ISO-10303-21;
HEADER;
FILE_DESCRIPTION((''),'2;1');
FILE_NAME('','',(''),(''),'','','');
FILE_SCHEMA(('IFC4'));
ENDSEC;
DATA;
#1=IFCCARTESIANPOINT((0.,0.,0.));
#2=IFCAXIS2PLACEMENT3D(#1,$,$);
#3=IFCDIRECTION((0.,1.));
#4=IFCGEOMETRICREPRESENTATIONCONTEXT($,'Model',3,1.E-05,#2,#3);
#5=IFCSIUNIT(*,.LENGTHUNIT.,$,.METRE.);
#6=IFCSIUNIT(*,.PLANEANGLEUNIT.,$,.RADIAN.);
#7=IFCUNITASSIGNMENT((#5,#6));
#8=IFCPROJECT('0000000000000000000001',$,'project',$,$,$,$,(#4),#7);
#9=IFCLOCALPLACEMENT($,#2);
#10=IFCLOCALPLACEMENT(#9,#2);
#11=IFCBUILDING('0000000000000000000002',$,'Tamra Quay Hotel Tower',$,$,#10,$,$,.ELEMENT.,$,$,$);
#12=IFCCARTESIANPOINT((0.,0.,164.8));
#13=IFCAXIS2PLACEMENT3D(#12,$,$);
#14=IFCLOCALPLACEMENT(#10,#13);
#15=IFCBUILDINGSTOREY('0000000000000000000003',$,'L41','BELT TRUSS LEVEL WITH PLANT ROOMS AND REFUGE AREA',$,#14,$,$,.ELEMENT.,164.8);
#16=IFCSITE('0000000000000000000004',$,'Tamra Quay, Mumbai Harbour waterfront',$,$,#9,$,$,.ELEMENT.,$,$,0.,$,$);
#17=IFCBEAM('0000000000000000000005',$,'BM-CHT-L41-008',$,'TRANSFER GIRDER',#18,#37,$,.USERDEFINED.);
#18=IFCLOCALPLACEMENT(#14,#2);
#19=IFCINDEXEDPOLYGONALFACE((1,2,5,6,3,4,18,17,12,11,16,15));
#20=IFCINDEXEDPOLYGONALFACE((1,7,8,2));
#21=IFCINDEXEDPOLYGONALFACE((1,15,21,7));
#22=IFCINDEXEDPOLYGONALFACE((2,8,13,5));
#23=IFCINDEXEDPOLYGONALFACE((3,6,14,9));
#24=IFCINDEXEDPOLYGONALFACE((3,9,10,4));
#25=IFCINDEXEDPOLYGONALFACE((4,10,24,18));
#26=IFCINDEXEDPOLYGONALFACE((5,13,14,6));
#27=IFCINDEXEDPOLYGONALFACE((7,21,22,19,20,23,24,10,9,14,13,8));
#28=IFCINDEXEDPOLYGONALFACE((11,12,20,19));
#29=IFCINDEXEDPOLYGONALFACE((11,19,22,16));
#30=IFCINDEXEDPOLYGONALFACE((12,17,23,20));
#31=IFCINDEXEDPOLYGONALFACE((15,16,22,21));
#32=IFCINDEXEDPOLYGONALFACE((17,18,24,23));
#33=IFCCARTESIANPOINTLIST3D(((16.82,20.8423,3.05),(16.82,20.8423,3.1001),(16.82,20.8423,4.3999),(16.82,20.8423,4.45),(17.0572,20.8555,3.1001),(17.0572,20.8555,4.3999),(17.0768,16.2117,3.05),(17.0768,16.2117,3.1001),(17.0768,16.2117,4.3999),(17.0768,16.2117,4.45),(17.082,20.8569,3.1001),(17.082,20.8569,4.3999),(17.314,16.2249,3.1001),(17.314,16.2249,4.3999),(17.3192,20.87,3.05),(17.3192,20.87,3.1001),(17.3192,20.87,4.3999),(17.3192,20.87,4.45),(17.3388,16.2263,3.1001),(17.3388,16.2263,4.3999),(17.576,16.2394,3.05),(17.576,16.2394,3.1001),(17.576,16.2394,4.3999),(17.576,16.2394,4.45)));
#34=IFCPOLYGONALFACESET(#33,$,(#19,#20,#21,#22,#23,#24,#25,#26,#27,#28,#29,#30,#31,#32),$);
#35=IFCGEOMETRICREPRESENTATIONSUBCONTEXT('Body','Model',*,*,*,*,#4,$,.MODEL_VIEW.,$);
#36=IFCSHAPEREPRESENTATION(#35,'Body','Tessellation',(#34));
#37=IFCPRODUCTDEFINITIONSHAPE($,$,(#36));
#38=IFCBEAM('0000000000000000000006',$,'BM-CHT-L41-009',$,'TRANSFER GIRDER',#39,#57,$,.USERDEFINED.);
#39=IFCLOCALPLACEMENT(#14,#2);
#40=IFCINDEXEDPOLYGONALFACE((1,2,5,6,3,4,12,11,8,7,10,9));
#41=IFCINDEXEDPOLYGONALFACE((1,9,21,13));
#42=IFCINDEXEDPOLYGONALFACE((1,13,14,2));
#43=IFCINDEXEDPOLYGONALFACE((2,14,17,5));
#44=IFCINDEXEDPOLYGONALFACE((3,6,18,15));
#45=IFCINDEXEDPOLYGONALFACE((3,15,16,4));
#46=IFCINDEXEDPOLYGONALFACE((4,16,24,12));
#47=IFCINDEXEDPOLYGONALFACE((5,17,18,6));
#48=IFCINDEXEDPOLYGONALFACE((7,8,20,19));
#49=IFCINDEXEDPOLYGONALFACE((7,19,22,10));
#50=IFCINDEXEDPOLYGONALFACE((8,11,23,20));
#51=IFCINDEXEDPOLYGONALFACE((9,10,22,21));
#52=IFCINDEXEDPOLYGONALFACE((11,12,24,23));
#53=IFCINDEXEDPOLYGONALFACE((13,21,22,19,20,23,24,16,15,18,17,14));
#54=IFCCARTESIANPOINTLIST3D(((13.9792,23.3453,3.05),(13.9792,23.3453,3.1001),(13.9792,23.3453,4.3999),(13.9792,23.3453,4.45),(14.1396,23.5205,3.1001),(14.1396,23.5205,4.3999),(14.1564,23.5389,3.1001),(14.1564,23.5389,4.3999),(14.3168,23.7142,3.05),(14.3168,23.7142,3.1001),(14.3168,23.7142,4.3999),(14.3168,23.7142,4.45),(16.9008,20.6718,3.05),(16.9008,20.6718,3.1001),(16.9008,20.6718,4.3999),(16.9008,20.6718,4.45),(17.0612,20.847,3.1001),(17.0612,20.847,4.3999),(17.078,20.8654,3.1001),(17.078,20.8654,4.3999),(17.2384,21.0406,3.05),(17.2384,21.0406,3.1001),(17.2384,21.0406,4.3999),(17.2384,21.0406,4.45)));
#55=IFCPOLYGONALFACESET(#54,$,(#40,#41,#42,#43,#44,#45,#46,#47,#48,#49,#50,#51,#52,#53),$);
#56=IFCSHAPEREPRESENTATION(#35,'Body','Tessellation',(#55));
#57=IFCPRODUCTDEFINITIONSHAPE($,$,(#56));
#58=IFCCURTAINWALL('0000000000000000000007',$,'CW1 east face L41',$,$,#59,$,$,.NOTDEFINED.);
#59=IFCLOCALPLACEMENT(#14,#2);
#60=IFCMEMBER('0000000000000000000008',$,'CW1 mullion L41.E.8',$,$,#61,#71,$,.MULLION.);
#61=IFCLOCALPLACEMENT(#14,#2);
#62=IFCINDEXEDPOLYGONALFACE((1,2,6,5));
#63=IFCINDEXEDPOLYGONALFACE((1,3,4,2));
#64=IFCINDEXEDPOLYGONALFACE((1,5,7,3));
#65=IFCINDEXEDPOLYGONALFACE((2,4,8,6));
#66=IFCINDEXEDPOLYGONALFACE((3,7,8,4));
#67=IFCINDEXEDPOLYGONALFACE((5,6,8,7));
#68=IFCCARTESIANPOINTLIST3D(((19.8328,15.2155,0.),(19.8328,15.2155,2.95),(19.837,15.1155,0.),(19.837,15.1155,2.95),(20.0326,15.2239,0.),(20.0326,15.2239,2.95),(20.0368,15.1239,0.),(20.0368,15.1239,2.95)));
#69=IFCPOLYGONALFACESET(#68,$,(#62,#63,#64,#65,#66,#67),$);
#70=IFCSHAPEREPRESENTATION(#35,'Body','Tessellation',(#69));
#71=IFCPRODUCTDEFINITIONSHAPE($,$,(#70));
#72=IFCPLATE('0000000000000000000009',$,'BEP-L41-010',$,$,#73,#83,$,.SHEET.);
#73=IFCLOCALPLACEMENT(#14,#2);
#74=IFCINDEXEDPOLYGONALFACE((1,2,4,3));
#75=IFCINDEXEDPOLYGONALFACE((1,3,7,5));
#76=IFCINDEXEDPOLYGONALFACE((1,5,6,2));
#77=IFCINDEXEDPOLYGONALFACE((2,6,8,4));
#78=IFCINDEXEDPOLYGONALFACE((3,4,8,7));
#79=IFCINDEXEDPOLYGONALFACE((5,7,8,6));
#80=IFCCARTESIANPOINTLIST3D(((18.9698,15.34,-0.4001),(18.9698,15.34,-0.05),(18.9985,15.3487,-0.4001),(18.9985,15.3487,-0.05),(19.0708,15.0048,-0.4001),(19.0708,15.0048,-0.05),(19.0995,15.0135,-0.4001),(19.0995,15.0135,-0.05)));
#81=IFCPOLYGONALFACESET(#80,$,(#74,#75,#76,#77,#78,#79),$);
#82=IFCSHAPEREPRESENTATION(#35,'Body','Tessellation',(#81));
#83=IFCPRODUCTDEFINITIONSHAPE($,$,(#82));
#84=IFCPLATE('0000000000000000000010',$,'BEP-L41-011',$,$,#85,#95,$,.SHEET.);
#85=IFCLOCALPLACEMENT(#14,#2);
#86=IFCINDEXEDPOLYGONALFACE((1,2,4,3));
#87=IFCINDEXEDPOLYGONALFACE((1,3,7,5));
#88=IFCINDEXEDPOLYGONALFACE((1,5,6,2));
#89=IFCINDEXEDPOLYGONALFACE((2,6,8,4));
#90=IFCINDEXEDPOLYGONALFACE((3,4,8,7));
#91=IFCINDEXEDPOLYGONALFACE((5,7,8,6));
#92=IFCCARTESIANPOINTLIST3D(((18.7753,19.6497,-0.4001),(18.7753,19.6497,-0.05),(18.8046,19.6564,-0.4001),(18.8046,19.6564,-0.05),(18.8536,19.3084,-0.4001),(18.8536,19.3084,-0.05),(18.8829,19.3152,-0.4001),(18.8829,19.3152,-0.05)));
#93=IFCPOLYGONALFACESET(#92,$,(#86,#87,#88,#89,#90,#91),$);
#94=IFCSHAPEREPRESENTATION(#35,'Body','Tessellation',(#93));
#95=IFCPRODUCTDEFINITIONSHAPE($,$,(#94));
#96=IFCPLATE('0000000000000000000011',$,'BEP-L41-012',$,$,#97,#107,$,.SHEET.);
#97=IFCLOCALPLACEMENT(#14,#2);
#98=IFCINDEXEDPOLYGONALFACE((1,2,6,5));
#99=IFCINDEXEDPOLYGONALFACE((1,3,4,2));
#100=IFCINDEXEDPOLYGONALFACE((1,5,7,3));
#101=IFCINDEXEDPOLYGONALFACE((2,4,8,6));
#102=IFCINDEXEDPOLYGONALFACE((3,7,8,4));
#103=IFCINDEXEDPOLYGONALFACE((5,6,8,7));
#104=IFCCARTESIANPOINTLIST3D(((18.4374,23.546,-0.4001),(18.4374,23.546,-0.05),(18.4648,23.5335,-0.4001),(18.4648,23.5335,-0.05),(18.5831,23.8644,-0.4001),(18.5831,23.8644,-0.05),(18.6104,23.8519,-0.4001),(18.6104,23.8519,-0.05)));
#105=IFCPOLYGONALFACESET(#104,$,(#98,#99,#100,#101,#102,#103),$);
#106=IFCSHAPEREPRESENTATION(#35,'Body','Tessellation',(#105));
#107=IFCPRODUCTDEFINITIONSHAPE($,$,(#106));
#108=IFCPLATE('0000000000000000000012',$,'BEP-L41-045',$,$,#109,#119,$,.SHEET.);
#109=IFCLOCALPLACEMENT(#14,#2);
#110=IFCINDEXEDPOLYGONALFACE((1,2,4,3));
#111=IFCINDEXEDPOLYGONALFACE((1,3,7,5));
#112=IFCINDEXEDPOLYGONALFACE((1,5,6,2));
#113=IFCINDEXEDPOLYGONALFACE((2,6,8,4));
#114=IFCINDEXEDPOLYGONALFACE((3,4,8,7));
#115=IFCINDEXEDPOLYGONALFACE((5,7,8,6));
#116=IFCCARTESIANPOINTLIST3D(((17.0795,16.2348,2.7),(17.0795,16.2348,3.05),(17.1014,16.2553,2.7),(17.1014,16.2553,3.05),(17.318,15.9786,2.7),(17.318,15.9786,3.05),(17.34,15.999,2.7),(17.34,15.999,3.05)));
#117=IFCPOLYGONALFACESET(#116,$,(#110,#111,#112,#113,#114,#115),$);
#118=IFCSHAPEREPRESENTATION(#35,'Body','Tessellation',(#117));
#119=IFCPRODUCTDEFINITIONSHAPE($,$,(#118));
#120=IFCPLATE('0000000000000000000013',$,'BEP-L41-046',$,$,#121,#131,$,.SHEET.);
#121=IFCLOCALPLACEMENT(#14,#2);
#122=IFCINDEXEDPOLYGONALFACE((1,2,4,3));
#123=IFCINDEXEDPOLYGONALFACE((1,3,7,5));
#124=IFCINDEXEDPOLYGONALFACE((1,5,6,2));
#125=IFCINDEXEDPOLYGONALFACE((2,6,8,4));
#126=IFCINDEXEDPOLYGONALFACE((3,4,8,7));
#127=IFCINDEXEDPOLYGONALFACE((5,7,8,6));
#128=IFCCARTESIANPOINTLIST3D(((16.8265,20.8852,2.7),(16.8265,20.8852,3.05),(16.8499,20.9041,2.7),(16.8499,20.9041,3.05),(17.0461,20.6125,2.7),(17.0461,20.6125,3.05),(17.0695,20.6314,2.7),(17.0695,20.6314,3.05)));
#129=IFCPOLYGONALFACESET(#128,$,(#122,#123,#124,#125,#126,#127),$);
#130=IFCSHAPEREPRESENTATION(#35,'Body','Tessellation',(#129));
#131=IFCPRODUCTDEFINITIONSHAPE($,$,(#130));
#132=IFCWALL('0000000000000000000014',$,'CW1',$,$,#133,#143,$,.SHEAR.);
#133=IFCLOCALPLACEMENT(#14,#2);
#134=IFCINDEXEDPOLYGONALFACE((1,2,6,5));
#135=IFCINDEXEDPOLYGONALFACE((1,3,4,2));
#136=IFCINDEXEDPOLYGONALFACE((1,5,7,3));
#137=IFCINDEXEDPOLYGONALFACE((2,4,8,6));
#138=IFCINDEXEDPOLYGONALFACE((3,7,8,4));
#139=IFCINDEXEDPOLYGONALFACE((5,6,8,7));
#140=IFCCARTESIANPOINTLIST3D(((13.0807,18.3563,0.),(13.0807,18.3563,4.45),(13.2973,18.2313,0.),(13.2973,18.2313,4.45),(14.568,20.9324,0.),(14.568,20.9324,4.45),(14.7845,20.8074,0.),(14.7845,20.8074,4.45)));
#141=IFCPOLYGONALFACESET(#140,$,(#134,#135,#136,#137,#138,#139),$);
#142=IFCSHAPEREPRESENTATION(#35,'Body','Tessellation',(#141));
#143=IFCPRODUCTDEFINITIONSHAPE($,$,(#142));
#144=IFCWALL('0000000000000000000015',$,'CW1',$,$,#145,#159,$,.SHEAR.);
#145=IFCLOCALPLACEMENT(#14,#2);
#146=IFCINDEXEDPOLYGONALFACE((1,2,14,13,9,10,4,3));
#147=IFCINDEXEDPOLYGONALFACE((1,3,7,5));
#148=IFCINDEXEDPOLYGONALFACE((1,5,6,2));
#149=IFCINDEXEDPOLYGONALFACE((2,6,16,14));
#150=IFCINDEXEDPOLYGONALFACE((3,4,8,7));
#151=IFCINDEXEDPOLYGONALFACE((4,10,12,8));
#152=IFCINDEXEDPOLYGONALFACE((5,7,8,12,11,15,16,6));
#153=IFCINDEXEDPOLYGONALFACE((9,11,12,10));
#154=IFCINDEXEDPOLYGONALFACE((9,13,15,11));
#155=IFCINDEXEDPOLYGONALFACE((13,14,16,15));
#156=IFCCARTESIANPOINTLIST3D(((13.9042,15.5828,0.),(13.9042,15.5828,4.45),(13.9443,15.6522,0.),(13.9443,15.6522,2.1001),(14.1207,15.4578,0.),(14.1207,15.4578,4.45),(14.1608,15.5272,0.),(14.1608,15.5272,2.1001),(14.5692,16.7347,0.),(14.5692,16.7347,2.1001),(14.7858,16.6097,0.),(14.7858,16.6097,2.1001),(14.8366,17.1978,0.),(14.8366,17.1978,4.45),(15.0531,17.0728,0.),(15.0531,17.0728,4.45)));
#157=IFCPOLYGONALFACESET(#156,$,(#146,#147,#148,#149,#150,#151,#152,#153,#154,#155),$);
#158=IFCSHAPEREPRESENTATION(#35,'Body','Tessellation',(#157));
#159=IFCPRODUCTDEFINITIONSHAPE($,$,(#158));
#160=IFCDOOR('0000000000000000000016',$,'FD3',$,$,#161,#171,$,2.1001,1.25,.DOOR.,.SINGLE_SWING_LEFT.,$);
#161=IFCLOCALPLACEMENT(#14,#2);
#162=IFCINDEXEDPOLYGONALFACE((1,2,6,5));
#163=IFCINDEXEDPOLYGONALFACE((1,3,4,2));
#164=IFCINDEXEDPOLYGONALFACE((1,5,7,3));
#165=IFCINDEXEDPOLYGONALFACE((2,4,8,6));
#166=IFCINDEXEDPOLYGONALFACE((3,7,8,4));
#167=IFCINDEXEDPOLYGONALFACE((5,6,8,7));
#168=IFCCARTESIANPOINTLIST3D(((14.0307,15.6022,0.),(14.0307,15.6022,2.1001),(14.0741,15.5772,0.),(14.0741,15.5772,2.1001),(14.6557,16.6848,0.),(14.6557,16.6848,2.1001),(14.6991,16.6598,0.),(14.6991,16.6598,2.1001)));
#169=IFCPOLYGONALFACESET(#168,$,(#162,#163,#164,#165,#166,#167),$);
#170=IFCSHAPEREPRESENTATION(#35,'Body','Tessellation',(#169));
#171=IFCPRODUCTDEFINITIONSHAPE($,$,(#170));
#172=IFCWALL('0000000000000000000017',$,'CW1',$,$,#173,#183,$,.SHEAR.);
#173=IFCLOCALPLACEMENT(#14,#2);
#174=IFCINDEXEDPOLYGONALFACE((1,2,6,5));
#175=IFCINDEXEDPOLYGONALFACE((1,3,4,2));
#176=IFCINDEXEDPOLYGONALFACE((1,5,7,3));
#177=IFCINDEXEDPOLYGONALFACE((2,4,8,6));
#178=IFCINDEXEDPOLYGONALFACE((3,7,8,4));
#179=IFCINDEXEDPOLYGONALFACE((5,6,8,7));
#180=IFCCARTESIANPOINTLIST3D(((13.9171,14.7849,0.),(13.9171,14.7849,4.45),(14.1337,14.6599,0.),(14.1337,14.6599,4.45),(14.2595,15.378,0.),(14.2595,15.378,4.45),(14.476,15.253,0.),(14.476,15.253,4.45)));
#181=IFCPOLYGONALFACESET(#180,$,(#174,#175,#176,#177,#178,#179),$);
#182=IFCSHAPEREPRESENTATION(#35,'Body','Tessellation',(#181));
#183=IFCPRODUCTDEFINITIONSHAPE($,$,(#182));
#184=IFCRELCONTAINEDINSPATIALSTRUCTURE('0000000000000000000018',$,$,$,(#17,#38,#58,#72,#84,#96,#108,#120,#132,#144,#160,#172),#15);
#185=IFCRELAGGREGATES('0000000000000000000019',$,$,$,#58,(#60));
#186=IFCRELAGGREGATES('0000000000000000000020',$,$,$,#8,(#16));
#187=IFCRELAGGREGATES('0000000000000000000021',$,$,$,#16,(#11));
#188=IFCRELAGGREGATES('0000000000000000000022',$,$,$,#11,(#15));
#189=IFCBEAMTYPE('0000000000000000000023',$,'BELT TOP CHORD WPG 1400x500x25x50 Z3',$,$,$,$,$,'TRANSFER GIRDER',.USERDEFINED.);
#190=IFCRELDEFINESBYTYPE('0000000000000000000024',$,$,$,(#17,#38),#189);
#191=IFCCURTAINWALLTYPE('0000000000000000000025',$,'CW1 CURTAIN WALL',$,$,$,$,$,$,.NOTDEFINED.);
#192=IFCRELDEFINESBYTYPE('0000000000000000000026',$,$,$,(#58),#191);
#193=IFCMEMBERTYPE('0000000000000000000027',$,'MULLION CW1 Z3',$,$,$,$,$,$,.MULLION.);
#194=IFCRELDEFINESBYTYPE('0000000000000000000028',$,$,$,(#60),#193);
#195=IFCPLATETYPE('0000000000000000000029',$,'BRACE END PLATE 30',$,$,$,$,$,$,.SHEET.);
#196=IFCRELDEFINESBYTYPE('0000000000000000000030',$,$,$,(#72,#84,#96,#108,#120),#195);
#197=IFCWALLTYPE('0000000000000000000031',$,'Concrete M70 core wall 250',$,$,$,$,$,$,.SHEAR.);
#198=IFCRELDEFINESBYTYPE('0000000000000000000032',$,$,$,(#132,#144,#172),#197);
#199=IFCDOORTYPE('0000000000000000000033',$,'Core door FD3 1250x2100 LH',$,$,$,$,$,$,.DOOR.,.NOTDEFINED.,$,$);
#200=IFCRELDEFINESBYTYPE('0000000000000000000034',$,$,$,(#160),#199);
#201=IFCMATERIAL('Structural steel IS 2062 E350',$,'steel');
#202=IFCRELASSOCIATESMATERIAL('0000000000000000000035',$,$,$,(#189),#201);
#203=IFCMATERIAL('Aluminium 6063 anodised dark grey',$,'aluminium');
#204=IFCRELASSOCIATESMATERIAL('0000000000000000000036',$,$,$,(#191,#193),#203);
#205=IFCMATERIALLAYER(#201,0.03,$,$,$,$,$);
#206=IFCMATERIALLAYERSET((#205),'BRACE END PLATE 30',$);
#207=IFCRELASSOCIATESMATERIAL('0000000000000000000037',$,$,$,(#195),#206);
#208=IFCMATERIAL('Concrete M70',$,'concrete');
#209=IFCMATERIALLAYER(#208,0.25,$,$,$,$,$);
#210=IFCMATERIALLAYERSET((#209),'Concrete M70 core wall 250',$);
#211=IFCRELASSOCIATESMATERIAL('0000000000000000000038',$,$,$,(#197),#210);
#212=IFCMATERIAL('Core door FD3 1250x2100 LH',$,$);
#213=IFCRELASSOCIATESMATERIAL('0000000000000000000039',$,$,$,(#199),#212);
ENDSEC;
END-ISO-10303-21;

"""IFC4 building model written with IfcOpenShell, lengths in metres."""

from ifc_helpers import new_model, si_unit, direction, frame, frame_2d, origin, origin_2d, place, context, subcontext, project, spatial, rectangle, i_section, extrude, material, layer, layer_set, material_profile, profile_set, type_object, element, fill, aggregate, save


model = new_model("IFC4")

# Units and contexts
model_context = context("Model", 3, precision=1e-05, world=origin(), true_north=direction((0.0, 1.0)))
body_context = subcontext(model_context, "Body", "Model", "MODEL_VIEW")
ifc_project = project(units=[si_unit("LENGTHUNIT", "METRE"), si_unit("PLANEANGLEUNIT", "RADIAN")], contexts=[model_context])

# Site, building, storey
site_placement = place(None, origin())
site = spatial("IfcSite", under=ifc_project, at=site_placement, Name="Tamra Quay, Mumbai Harbour waterfront", CompositionType="ELEMENT", RefElevation=0.0)
building_placement = place(site_placement, origin())
building = spatial("IfcBuilding", under=site, at=building_placement, Name="Tamra Quay Hotel Tower", CompositionType="ELEMENT")
storey_placement = place(building_placement, frame((0.0, 0.0, 164.8)))
storey = spatial("IfcBuildingStorey", under=building, at=storey_placement, Name="L41", Description="BELT TRUSS LEVEL WITH PLANT ROOMS AND REFUGE AREA", CompositionType="ELEMENT", Elevation=164.8)

# Shared definitions
ifc_material_1 = material(Name="Concrete M70", Category="concrete")

# Shared definitions
ifc_material_2 = material(Name="Structural steel IS 2062 E350", Category="steel")

# Beams
ifc_material_profile_1 = material_profile(ifc_material_2, i_section(OverallWidth=0.5, OverallDepth=1.3999, WebThickness=0.0249, FlangeThickness=0.05, at=origin_2d()), Name="WPG 1400x500x25x50")
ifc_profile_set_1 = profile_set([ifc_material_profile_1], Name="Structural steel IS 2062 E350")
beam_type_1 = type_object("IfcBeamType", Name="BELT TOP CHORD WPG 1400x500x25x50 Z3", ElementType="TRANSFER GIRDER", PredefinedType="USERDEFINED", material=ifc_profile_set_1)
beam_1_placement = place(storey_placement, frame((17.3264, 16.2256, 3.75), z_axis=(-0.05538, 0.998465, 0.0), x_axis=(-0.998465, -0.05538, 0.0)))
element("IfcBeam", 1, at=beam_1_placement, inside=storey, type_object=beam_type_1, Name="BM-CHT-L41-008", ObjectType="TRANSFER GIRDER", PredefinedType="USERDEFINED", context=body_context, shape_type="SweptSolid", body=[
    extrude(i_section(OverallWidth=0.5, OverallDepth=1.3999, WebThickness=0.0249, FlangeThickness=0.05, at=origin_2d()), origin(), (0.0, 0.0, 1.0), 4.6377),
])
beam_2_placement = place(storey_placement, frame((17.0696, 20.8562, 3.75), z_axis=(-0.73773, 0.675096, 0.0), x_axis=(-0.675096, -0.73773, 0.0)))
element("IfcBeam", 2, at=beam_2_placement, inside=storey, type_object=beam_type_1, Name="BM-CHT-L41-009", ObjectType="TRANSFER GIRDER", PredefinedType="USERDEFINED", context=body_context, shape_type="SweptSolid", body=[
    extrude(i_section(OverallWidth=0.5, OverallDepth=1.3999, WebThickness=0.0249, FlangeThickness=0.05, at=origin_2d()), origin(), (0.0, 0.0, 1.0), 3.9602),
])

# Curtain wall, member
ifc_material_3 = material(Name="Aluminium 6063 anodised dark grey", Category="aluminium")
curtain_wall_type = type_object("IfcCurtainWallType", Name="CW1 CURTAIN WALL", PredefinedType="NOTDEFINED", material=ifc_material_3)
curtain_wall_placement = place(storey_placement, origin())
curtain_wall = element("IfcCurtainWall", 3, at=curtain_wall_placement, inside=storey, type_object=curtain_wall_type, Name="CW1 east face L41", PredefinedType="NOTDEFINED")
ifc_material_profile_2 = material_profile(ifc_material_3, rectangle(XDim=0.2, YDim=0.1001, at=origin_2d()), Name="MULLION 100X200")
ifc_profile_set_2 = profile_set([ifc_material_profile_2], Name="Aluminium 6063 anodised dark grey")
member_type_1 = type_object("IfcMemberType", Name="MULLION CW1 Z3", PredefinedType="MULLION", material=ifc_profile_set_2)
member_1_placement = place(storey_placement, frame((19.9348, 15.1697, 0.0), z_axis=(0.0, 0.0, 1.0), x_axis=(0.999126, 0.041796, 0.0)))
member_1 = element("IfcMember", 4, at=member_1_placement, type_object=member_type_1, Name="CW1 mullion L41.E.8", PredefinedType="MULLION", context=body_context, shape_type="SweptSolid", body=[
    extrude(rectangle(XDim=0.2, YDim=0.1001, at=origin_2d()), origin(), (0.0, 0.0, 1.0), 2.95),
])
aggregate(curtain_wall, [member_1])

# Plates
ifc_layer_1 = layer(ifc_material_2, 0.03)
ifc_layer_set_1 = layer_set([ifc_layer_1], Name="BRACE END PLATE 30")
plate_type = type_object("IfcPlateType", Name="BRACE END PLATE 30", PredefinedType="SHEET", material=ifc_layer_set_1)
for number, where, z_axis, x_axis, name in (
    (5, (19.0347, 15.1768, -0.4001), (0.0, 0.0, 1.0), (0.957475, 0.288515, 0.0), "BEP-L41-010"),
    (6, (18.8291, 19.4824, -0.4001), (0.0, 0.0, 1.0), (0.974693, 0.223548, 0.0), "BEP-L41-011"),
    (7, (18.5239, 23.699, -0.4001), (0.0, 0.0, 1.0), (-0.909358, 0.416014, 0.0), "BEP-L41-012"),
    (8, (17.2097, 16.1169, 2.7), (0.0, 0.0, 1.0), (0.731939, 0.68137, 0.0), "BEP-L41-045"),
    (9, (16.948, 20.7583, 2.7), (0.0, 0.0, 1.0), (0.778877, 0.627176, 0.0), "BEP-L41-046"),
):
    element("IfcPlate", number, at=place(storey_placement, frame(where, z_axis=z_axis, x_axis=x_axis)), inside=storey, type_object=plate_type, Name=name, PredefinedType="SHEET", context=body_context, shape_type="SweptSolid", body=[
        extrude(rectangle(XDim=0.03, YDim=0.3501, at=origin_2d()), origin(), (0.0, 0.0, 1.0), 0.3501),
    ])

# Wall
ifc_layer_2 = layer(ifc_material_1, 0.25)
ifc_layer_set_2 = layer_set([ifc_layer_2], Name="Concrete M70 core wall 250")
wall_type_1 = type_object("IfcWallType", Name="Concrete M70 core wall 250", PredefinedType="SHEAR", material=ifc_layer_set_2)
wall_1_placement = place(storey_placement, frame((14.6763, 20.8699, 0.0), z_axis=(0.0, 0.0, 1.0), x_axis=(-0.499988, -0.866033, 0.0)))
element("IfcWall", 10, at=wall_1_placement, inside=storey, type_object=wall_type_1, Name="CW1", PredefinedType="SHEAR", context=body_context, shape_type="SweptSolid", body=[
    extrude(rectangle(XDim=2.9746, YDim=0.25, at=frame_2d((1.4873, 0.0))), origin(), (0.0, 0.0, 1.0), 4.45),
])

# Wall, opening, door
wall_2_placement = place(storey_placement, frame((14.9448, 17.1353, 0.0), z_axis=(0.0, 0.0, 1.0), x_axis=(-0.499983, -0.866035, 0.0)))
wall_2 = element("IfcWall", 11, at=wall_2_placement, inside=storey, type_object=wall_type_1, Name="CW1", PredefinedType="SHEAR", context=body_context, shape_type="SweptSolid", body=[
    extrude(rectangle(XDim=1.8647, YDim=0.25, at=frame_2d((0.9324, 0.0))), origin(), (0.0, 0.0, 1.0), 4.45),
])
opening_1_placement = place(wall_2_placement, frame((0.5347, 0.0, 0.0)))
opening_1 = element("IfcOpeningElement", 12, at=opening_1_placement, cuts=wall_2, PredefinedType="OPENING", context=body_context, shape_type="SweptSolid", body=[
    extrude(rectangle(XDim=1.25, YDim=2.1001, at=frame_2d((0.625, 1.05))), frame((0.0, 0.135, 0.0), z_axis=(0.0, -1.0, 0.0), x_axis=(1.0, 0.0, 0.0)), (0.0, 0.0, 1.0), 0.27),
])
ifc_material_4 = material(Name="Core door FD3 1250x2100 LH")
door_type_1 = type_object("IfcDoorType", Name="Core door FD3 1250x2100 LH", OperationType="NOTDEFINED", PredefinedType="DOOR", material=ifc_material_4)
door_1_placement = place(opening_1_placement, origin())
door_1 = element("IfcDoor", 13, at=door_1_placement, inside=storey, type_object=door_type_1, Name="FD3", OperationType="SINGLE_SWING_LEFT", OverallHeight=2.1001, OverallWidth=1.25, PredefinedType="DOOR", context=body_context, shape_type="SweptSolid", body=[
    extrude(rectangle(XDim=1.25, YDim=2.1001, at=frame_2d((0.625, 1.05))), frame((0.0, 0.0249, 0.0), z_axis=(0.0, -1.0, 0.0), x_axis=(1.0, 0.0, 0.0)), (0.0, 0.0, 1.0), 0.05),
])
fill(opening_1, door_1)

# Wall
wall_3_placement = place(storey_placement, frame((14.3677, 15.3154, 0.0), z_axis=(0.0, 0.0, 1.0), x_axis=(-0.499897, -0.866085, 0.0)))
element("IfcWall", 14, at=wall_3_placement, inside=storey, type_object=wall_type_1, Name="CW1", PredefinedType="SHEAR", context=body_context, shape_type="SweptSolid", body=[
    extrude(rectangle(XDim=0.6848, YDim=0.25, at=frame_2d((0.3423, 0.0))), origin(), (0.0, 0.0, 1.0), 4.45),
])

save(model, "model.ifc")
